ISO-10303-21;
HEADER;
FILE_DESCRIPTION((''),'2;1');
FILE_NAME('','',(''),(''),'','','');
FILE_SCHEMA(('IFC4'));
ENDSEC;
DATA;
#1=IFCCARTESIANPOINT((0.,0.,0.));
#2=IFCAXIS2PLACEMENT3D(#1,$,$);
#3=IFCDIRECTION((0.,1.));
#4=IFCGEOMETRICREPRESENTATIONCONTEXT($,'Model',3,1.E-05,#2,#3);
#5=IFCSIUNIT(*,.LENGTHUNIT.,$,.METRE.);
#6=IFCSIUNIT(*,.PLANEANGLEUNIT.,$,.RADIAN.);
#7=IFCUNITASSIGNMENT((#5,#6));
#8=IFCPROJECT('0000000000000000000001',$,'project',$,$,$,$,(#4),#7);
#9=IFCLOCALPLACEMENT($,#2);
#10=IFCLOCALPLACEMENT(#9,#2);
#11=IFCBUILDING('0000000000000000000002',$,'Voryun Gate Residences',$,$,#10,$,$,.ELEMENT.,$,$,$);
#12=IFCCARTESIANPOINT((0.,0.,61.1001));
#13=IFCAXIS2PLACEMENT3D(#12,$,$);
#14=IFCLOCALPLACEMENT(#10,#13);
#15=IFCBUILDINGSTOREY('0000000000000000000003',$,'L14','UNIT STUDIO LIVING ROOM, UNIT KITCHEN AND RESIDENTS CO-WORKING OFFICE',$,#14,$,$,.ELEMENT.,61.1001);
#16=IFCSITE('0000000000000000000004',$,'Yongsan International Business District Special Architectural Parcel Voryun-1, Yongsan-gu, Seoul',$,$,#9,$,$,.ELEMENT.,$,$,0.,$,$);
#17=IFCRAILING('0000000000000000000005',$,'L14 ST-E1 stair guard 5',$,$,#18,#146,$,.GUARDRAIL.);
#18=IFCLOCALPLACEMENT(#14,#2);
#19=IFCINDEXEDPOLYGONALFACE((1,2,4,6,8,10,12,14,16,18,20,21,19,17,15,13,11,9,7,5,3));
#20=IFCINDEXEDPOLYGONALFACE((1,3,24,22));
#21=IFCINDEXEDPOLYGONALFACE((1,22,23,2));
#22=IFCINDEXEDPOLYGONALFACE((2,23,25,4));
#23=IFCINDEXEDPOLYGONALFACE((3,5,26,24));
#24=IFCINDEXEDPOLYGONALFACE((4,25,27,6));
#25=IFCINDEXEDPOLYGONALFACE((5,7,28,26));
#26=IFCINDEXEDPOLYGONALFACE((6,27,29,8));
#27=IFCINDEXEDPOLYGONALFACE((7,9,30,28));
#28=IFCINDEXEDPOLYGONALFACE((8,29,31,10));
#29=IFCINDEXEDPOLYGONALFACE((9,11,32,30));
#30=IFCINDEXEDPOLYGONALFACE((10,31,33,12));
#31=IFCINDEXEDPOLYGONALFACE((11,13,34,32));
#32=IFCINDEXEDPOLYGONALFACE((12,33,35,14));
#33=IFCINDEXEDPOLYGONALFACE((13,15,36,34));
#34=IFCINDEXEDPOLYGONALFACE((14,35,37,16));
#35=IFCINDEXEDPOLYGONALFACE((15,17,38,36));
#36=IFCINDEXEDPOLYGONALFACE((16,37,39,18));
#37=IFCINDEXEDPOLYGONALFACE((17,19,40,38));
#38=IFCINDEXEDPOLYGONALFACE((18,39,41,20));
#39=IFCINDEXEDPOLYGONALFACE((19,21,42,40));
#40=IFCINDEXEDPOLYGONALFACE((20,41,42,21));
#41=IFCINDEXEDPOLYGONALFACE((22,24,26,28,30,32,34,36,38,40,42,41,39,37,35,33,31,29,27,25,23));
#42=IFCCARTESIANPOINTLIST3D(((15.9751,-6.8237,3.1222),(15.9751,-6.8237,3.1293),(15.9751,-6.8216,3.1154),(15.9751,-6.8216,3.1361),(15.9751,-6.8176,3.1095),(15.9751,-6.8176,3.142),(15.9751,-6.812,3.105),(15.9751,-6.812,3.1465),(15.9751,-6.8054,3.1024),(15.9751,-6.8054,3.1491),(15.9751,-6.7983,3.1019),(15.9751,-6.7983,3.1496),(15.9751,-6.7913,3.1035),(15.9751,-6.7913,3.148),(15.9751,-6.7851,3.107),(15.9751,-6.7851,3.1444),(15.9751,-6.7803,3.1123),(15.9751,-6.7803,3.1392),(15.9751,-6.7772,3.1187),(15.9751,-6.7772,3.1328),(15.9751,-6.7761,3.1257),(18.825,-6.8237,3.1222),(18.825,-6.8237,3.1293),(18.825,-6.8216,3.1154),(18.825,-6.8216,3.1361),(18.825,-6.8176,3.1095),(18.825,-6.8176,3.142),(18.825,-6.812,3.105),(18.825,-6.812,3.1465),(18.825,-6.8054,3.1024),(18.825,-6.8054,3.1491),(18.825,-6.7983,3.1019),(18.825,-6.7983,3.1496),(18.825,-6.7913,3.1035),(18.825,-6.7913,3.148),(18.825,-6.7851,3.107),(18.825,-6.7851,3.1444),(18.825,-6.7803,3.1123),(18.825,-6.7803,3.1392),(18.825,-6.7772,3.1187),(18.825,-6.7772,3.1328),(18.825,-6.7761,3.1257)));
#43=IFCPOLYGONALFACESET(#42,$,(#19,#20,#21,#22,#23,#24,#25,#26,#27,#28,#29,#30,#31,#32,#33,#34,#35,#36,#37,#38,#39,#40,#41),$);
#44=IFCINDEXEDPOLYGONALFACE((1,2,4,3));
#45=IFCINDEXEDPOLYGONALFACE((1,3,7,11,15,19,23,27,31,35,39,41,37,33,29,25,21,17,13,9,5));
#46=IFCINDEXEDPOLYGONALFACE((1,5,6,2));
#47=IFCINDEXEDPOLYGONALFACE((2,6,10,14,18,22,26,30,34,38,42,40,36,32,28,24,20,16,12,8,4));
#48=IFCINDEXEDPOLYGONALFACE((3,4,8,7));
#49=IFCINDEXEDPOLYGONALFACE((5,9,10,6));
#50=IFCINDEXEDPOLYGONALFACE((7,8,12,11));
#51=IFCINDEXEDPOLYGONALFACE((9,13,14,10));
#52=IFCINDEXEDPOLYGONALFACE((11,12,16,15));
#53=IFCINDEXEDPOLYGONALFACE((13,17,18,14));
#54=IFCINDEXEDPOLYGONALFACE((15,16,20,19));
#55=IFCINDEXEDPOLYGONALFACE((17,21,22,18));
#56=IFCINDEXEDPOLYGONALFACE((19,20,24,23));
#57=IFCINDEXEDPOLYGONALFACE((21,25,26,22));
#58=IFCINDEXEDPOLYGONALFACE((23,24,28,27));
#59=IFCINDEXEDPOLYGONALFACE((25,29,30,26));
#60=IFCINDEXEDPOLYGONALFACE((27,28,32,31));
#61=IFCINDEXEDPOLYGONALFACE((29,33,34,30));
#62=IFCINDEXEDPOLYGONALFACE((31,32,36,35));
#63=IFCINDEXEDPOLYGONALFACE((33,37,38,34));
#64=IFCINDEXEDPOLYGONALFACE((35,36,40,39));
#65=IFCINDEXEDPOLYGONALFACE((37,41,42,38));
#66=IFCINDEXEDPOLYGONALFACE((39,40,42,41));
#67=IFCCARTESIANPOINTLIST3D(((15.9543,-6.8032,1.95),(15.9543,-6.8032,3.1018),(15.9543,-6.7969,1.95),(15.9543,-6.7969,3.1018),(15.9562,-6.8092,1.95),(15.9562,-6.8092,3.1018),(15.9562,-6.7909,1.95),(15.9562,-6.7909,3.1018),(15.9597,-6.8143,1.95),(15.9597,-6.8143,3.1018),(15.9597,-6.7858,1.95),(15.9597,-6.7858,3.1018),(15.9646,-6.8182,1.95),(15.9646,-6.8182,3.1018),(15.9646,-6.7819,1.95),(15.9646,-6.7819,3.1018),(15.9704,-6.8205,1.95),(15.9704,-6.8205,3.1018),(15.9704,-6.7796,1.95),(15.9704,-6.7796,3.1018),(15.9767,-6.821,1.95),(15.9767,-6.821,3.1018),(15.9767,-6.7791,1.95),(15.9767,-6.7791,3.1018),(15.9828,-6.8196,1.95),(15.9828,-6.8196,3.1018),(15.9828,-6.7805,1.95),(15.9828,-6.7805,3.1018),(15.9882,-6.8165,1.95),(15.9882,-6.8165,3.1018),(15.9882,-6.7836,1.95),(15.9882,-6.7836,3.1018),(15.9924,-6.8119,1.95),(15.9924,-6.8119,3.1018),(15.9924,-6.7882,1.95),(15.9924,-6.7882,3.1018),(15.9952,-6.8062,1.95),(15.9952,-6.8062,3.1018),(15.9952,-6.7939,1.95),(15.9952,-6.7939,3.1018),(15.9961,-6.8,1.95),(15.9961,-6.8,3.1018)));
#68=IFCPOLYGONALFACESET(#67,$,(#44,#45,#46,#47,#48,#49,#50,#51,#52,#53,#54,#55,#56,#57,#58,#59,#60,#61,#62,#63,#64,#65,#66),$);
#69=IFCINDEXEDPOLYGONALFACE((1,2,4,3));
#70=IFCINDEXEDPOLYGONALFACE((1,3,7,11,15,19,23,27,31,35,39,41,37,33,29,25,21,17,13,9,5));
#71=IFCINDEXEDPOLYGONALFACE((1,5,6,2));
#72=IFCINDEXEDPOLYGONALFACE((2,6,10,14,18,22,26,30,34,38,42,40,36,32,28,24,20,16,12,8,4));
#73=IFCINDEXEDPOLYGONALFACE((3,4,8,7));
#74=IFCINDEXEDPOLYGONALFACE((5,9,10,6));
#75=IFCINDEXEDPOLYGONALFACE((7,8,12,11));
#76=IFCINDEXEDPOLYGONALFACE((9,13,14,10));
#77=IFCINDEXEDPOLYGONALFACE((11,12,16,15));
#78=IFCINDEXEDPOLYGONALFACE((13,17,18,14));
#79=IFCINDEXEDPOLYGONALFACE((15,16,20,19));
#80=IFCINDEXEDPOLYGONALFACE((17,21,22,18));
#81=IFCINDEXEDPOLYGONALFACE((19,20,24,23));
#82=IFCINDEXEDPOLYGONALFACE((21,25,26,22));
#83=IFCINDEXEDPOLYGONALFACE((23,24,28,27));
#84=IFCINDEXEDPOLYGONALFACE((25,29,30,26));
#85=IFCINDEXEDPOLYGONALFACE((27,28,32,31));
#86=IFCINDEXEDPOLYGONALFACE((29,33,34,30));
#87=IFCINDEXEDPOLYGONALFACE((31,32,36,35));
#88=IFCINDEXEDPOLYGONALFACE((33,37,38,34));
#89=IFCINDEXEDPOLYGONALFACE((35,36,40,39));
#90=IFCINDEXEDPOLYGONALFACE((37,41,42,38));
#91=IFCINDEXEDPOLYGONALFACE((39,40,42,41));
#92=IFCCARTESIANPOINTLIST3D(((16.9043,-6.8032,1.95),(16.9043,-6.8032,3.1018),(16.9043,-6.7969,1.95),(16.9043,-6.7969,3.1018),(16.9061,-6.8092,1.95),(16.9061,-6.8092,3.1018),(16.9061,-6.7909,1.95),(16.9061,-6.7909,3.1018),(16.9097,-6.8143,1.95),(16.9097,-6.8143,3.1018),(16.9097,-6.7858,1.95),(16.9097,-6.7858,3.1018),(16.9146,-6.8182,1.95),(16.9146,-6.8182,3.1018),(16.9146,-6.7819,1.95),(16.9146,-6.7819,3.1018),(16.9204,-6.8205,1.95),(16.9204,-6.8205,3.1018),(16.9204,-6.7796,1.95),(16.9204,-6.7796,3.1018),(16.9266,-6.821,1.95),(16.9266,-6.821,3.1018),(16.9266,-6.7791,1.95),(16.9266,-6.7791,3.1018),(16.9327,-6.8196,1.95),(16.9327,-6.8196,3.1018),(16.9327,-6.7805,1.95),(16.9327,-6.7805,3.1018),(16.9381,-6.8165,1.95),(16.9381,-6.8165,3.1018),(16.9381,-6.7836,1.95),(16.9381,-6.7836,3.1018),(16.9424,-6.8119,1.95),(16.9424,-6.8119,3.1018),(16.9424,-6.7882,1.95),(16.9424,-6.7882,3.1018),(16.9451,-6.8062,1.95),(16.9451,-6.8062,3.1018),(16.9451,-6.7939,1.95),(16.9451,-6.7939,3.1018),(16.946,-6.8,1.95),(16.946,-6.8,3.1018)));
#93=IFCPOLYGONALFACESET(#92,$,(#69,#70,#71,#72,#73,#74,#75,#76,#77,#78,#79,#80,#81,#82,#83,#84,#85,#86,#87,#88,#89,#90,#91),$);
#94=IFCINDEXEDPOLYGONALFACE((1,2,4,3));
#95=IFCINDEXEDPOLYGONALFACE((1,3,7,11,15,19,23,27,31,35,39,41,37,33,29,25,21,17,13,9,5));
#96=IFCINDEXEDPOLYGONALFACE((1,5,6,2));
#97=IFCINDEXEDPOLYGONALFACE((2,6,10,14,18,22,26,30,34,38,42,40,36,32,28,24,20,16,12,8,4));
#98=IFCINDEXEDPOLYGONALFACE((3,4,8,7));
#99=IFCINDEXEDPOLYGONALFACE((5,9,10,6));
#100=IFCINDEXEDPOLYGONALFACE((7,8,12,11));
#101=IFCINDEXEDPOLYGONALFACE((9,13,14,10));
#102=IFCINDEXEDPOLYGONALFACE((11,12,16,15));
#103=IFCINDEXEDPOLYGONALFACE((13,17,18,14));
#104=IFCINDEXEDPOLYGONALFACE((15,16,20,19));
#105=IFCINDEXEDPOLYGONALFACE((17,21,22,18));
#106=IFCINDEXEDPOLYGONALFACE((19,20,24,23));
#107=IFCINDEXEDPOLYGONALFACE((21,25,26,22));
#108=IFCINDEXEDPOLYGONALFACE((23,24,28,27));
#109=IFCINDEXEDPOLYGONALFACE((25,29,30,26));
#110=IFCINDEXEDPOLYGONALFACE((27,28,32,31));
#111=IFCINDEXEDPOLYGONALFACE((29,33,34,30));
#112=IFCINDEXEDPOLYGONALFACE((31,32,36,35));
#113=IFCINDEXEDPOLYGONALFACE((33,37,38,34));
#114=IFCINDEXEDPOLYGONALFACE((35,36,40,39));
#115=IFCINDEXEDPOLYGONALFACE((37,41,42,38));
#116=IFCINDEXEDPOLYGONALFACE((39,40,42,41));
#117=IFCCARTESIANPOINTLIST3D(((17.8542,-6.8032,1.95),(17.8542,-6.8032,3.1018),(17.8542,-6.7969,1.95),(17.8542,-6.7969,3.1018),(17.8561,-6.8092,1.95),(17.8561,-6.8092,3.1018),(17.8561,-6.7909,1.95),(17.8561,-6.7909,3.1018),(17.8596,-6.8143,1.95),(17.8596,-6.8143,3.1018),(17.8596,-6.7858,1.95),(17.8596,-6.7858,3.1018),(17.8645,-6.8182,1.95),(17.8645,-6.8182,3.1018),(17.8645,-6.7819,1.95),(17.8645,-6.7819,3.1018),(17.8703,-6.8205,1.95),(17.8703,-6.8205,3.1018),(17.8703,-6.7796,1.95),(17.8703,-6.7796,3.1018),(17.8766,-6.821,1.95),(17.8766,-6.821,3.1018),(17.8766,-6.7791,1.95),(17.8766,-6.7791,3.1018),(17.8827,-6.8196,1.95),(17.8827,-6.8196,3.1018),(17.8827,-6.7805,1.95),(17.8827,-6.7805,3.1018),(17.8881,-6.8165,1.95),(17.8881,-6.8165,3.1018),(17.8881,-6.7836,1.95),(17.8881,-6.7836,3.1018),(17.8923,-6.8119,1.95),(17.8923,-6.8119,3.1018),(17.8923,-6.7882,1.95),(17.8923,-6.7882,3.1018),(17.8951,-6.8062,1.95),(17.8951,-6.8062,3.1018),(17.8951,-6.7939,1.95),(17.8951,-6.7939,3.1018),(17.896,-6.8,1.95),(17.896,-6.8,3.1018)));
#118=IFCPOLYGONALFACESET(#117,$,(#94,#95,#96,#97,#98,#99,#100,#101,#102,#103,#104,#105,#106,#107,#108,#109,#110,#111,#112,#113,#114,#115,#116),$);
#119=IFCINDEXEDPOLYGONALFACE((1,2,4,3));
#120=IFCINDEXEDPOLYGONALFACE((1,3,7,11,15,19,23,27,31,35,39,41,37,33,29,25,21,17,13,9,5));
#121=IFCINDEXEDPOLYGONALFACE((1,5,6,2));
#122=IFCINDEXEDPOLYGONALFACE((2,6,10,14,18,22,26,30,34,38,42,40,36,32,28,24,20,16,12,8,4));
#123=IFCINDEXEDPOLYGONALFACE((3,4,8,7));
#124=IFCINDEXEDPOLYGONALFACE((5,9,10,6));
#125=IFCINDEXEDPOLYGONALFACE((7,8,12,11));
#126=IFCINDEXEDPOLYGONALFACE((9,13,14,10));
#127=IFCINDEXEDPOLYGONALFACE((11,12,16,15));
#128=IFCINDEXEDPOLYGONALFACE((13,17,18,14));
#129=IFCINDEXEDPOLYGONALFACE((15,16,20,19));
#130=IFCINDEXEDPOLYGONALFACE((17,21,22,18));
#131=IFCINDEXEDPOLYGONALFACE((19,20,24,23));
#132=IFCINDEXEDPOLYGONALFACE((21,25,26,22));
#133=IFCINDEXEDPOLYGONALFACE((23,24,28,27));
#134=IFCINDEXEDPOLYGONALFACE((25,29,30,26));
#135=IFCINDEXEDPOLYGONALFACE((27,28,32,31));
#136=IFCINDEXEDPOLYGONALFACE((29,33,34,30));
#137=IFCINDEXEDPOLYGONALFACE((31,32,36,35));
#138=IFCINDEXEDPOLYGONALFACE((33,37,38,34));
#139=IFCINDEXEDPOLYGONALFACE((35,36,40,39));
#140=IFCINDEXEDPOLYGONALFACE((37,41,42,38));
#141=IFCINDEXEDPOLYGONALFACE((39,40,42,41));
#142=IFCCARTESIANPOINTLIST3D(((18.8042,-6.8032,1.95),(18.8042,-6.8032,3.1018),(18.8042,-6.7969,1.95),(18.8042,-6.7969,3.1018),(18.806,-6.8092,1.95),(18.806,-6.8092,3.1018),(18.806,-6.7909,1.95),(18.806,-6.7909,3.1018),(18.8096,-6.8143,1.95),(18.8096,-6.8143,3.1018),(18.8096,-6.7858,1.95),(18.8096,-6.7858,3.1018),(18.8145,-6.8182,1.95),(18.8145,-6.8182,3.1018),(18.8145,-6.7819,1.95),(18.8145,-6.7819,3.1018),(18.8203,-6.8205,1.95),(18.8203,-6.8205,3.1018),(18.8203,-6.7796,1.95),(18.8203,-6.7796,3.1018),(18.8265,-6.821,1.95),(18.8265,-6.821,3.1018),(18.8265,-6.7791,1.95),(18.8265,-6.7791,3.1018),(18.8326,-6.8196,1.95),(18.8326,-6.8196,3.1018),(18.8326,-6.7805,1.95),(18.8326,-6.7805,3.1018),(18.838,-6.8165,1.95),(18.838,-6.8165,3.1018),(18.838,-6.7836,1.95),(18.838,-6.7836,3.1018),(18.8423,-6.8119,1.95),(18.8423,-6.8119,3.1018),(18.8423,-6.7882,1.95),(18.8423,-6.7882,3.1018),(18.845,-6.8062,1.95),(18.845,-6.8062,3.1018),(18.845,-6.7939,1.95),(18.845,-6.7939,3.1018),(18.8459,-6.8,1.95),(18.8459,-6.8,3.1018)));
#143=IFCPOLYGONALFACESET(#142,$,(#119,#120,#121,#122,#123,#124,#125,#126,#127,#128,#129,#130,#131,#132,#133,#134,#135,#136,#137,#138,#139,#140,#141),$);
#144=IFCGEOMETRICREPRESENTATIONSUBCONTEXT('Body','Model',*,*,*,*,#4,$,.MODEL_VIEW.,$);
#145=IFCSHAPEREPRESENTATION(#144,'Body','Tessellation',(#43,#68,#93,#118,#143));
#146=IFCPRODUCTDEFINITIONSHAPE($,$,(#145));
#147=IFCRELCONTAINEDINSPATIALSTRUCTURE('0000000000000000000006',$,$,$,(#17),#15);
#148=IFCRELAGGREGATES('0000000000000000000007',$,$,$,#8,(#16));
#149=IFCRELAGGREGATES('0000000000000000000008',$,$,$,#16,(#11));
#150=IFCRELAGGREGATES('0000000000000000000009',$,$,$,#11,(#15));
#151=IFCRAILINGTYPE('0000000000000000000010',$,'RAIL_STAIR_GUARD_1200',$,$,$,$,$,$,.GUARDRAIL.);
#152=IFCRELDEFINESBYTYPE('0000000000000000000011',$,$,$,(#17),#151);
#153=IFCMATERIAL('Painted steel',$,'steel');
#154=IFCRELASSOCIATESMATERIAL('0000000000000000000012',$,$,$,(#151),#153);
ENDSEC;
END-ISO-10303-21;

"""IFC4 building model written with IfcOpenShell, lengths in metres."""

from ifc_helpers import new_model, si_unit, direction, frame, origin, origin_2d, place, context, subcontext, project, spatial, circle, extrude, material, type_object, element, save


model = new_model("IFC4")

# Units and contexts
model_context = context("Model", 3, precision=1e-05, world=origin(), true_north=direction((0.0, 1.0)))
body_context = subcontext(model_context, "Body", "Model", "MODEL_VIEW")
ifc_project = project(units=[si_unit("LENGTHUNIT", "METRE"), si_unit("PLANEANGLEUNIT", "RADIAN")], contexts=[model_context])

# Site, building, storey
site_placement = place(None, origin())
site = spatial("IfcSite", under=ifc_project, at=site_placement, Name="Yongsan International Business District Special Architectural Parcel Voryun-1, Yongsan-gu, Seoul", CompositionType="ELEMENT", RefElevation=0.0)
building_placement = place(site_placement, origin())
building = spatial("IfcBuilding", under=site, at=building_placement, Name="Voryun Gate Residences", CompositionType="ELEMENT")
storey_placement = place(building_placement, frame((0.0, 0.0, 61.1001)))
storey = spatial("IfcBuildingStorey", under=building, at=storey_placement, Name="L14", Description="UNIT STUDIO LIVING ROOM, UNIT KITCHEN AND RESIDENTS CO-WORKING OFFICE", CompositionType="ELEMENT", Elevation=61.1001)

# Railing
ifc_material_1 = material(Name="Painted steel", Category="steel")
railing_type_1 = type_object("IfcRailingType", Name="RAIL_STAIR_GUARD_1200", PredefinedType="GUARDRAIL", material=ifc_material_1)
railing_1_placement = place(storey_placement, frame((15.9751, -6.8, 1.95)))
element("IfcRailing", 1, at=railing_1_placement, inside=storey, type_object=railing_type_1, Name="L14 ST-E1 stair guard 5", PredefinedType="GUARDRAIL", context=body_context, shape_type="SweptSolid", body=[
    extrude(circle(Radius=0.0239, at=origin_2d()), frame((0.0, 0.0, 1.1758), z_axis=(1.0, 0.0, 0.0), x_axis=(0.0, 1.0, 0.0)), (0.0, 0.0, 1.0), 2.8499),
    extrude(circle(Radius=0.021, at=origin_2d()), origin(), (0.0, 0.0, 1.0), 1.1519),
    extrude(circle(Radius=0.021, at=origin_2d()), frame((0.95, 0.0, 0.0)), (0.0, 0.0, 1.0), 1.1519),
    extrude(circle(Radius=0.021, at=origin_2d()), frame((1.8999, 0.0, 0.0)), (0.0, 0.0, 1.0), 1.1519),
    extrude(circle(Radius=0.021, at=origin_2d()), frame((2.8499, 0.0, 0.0)), (0.0, 0.0, 1.0), 1.1519),
])

save(model, "model.ifc")
